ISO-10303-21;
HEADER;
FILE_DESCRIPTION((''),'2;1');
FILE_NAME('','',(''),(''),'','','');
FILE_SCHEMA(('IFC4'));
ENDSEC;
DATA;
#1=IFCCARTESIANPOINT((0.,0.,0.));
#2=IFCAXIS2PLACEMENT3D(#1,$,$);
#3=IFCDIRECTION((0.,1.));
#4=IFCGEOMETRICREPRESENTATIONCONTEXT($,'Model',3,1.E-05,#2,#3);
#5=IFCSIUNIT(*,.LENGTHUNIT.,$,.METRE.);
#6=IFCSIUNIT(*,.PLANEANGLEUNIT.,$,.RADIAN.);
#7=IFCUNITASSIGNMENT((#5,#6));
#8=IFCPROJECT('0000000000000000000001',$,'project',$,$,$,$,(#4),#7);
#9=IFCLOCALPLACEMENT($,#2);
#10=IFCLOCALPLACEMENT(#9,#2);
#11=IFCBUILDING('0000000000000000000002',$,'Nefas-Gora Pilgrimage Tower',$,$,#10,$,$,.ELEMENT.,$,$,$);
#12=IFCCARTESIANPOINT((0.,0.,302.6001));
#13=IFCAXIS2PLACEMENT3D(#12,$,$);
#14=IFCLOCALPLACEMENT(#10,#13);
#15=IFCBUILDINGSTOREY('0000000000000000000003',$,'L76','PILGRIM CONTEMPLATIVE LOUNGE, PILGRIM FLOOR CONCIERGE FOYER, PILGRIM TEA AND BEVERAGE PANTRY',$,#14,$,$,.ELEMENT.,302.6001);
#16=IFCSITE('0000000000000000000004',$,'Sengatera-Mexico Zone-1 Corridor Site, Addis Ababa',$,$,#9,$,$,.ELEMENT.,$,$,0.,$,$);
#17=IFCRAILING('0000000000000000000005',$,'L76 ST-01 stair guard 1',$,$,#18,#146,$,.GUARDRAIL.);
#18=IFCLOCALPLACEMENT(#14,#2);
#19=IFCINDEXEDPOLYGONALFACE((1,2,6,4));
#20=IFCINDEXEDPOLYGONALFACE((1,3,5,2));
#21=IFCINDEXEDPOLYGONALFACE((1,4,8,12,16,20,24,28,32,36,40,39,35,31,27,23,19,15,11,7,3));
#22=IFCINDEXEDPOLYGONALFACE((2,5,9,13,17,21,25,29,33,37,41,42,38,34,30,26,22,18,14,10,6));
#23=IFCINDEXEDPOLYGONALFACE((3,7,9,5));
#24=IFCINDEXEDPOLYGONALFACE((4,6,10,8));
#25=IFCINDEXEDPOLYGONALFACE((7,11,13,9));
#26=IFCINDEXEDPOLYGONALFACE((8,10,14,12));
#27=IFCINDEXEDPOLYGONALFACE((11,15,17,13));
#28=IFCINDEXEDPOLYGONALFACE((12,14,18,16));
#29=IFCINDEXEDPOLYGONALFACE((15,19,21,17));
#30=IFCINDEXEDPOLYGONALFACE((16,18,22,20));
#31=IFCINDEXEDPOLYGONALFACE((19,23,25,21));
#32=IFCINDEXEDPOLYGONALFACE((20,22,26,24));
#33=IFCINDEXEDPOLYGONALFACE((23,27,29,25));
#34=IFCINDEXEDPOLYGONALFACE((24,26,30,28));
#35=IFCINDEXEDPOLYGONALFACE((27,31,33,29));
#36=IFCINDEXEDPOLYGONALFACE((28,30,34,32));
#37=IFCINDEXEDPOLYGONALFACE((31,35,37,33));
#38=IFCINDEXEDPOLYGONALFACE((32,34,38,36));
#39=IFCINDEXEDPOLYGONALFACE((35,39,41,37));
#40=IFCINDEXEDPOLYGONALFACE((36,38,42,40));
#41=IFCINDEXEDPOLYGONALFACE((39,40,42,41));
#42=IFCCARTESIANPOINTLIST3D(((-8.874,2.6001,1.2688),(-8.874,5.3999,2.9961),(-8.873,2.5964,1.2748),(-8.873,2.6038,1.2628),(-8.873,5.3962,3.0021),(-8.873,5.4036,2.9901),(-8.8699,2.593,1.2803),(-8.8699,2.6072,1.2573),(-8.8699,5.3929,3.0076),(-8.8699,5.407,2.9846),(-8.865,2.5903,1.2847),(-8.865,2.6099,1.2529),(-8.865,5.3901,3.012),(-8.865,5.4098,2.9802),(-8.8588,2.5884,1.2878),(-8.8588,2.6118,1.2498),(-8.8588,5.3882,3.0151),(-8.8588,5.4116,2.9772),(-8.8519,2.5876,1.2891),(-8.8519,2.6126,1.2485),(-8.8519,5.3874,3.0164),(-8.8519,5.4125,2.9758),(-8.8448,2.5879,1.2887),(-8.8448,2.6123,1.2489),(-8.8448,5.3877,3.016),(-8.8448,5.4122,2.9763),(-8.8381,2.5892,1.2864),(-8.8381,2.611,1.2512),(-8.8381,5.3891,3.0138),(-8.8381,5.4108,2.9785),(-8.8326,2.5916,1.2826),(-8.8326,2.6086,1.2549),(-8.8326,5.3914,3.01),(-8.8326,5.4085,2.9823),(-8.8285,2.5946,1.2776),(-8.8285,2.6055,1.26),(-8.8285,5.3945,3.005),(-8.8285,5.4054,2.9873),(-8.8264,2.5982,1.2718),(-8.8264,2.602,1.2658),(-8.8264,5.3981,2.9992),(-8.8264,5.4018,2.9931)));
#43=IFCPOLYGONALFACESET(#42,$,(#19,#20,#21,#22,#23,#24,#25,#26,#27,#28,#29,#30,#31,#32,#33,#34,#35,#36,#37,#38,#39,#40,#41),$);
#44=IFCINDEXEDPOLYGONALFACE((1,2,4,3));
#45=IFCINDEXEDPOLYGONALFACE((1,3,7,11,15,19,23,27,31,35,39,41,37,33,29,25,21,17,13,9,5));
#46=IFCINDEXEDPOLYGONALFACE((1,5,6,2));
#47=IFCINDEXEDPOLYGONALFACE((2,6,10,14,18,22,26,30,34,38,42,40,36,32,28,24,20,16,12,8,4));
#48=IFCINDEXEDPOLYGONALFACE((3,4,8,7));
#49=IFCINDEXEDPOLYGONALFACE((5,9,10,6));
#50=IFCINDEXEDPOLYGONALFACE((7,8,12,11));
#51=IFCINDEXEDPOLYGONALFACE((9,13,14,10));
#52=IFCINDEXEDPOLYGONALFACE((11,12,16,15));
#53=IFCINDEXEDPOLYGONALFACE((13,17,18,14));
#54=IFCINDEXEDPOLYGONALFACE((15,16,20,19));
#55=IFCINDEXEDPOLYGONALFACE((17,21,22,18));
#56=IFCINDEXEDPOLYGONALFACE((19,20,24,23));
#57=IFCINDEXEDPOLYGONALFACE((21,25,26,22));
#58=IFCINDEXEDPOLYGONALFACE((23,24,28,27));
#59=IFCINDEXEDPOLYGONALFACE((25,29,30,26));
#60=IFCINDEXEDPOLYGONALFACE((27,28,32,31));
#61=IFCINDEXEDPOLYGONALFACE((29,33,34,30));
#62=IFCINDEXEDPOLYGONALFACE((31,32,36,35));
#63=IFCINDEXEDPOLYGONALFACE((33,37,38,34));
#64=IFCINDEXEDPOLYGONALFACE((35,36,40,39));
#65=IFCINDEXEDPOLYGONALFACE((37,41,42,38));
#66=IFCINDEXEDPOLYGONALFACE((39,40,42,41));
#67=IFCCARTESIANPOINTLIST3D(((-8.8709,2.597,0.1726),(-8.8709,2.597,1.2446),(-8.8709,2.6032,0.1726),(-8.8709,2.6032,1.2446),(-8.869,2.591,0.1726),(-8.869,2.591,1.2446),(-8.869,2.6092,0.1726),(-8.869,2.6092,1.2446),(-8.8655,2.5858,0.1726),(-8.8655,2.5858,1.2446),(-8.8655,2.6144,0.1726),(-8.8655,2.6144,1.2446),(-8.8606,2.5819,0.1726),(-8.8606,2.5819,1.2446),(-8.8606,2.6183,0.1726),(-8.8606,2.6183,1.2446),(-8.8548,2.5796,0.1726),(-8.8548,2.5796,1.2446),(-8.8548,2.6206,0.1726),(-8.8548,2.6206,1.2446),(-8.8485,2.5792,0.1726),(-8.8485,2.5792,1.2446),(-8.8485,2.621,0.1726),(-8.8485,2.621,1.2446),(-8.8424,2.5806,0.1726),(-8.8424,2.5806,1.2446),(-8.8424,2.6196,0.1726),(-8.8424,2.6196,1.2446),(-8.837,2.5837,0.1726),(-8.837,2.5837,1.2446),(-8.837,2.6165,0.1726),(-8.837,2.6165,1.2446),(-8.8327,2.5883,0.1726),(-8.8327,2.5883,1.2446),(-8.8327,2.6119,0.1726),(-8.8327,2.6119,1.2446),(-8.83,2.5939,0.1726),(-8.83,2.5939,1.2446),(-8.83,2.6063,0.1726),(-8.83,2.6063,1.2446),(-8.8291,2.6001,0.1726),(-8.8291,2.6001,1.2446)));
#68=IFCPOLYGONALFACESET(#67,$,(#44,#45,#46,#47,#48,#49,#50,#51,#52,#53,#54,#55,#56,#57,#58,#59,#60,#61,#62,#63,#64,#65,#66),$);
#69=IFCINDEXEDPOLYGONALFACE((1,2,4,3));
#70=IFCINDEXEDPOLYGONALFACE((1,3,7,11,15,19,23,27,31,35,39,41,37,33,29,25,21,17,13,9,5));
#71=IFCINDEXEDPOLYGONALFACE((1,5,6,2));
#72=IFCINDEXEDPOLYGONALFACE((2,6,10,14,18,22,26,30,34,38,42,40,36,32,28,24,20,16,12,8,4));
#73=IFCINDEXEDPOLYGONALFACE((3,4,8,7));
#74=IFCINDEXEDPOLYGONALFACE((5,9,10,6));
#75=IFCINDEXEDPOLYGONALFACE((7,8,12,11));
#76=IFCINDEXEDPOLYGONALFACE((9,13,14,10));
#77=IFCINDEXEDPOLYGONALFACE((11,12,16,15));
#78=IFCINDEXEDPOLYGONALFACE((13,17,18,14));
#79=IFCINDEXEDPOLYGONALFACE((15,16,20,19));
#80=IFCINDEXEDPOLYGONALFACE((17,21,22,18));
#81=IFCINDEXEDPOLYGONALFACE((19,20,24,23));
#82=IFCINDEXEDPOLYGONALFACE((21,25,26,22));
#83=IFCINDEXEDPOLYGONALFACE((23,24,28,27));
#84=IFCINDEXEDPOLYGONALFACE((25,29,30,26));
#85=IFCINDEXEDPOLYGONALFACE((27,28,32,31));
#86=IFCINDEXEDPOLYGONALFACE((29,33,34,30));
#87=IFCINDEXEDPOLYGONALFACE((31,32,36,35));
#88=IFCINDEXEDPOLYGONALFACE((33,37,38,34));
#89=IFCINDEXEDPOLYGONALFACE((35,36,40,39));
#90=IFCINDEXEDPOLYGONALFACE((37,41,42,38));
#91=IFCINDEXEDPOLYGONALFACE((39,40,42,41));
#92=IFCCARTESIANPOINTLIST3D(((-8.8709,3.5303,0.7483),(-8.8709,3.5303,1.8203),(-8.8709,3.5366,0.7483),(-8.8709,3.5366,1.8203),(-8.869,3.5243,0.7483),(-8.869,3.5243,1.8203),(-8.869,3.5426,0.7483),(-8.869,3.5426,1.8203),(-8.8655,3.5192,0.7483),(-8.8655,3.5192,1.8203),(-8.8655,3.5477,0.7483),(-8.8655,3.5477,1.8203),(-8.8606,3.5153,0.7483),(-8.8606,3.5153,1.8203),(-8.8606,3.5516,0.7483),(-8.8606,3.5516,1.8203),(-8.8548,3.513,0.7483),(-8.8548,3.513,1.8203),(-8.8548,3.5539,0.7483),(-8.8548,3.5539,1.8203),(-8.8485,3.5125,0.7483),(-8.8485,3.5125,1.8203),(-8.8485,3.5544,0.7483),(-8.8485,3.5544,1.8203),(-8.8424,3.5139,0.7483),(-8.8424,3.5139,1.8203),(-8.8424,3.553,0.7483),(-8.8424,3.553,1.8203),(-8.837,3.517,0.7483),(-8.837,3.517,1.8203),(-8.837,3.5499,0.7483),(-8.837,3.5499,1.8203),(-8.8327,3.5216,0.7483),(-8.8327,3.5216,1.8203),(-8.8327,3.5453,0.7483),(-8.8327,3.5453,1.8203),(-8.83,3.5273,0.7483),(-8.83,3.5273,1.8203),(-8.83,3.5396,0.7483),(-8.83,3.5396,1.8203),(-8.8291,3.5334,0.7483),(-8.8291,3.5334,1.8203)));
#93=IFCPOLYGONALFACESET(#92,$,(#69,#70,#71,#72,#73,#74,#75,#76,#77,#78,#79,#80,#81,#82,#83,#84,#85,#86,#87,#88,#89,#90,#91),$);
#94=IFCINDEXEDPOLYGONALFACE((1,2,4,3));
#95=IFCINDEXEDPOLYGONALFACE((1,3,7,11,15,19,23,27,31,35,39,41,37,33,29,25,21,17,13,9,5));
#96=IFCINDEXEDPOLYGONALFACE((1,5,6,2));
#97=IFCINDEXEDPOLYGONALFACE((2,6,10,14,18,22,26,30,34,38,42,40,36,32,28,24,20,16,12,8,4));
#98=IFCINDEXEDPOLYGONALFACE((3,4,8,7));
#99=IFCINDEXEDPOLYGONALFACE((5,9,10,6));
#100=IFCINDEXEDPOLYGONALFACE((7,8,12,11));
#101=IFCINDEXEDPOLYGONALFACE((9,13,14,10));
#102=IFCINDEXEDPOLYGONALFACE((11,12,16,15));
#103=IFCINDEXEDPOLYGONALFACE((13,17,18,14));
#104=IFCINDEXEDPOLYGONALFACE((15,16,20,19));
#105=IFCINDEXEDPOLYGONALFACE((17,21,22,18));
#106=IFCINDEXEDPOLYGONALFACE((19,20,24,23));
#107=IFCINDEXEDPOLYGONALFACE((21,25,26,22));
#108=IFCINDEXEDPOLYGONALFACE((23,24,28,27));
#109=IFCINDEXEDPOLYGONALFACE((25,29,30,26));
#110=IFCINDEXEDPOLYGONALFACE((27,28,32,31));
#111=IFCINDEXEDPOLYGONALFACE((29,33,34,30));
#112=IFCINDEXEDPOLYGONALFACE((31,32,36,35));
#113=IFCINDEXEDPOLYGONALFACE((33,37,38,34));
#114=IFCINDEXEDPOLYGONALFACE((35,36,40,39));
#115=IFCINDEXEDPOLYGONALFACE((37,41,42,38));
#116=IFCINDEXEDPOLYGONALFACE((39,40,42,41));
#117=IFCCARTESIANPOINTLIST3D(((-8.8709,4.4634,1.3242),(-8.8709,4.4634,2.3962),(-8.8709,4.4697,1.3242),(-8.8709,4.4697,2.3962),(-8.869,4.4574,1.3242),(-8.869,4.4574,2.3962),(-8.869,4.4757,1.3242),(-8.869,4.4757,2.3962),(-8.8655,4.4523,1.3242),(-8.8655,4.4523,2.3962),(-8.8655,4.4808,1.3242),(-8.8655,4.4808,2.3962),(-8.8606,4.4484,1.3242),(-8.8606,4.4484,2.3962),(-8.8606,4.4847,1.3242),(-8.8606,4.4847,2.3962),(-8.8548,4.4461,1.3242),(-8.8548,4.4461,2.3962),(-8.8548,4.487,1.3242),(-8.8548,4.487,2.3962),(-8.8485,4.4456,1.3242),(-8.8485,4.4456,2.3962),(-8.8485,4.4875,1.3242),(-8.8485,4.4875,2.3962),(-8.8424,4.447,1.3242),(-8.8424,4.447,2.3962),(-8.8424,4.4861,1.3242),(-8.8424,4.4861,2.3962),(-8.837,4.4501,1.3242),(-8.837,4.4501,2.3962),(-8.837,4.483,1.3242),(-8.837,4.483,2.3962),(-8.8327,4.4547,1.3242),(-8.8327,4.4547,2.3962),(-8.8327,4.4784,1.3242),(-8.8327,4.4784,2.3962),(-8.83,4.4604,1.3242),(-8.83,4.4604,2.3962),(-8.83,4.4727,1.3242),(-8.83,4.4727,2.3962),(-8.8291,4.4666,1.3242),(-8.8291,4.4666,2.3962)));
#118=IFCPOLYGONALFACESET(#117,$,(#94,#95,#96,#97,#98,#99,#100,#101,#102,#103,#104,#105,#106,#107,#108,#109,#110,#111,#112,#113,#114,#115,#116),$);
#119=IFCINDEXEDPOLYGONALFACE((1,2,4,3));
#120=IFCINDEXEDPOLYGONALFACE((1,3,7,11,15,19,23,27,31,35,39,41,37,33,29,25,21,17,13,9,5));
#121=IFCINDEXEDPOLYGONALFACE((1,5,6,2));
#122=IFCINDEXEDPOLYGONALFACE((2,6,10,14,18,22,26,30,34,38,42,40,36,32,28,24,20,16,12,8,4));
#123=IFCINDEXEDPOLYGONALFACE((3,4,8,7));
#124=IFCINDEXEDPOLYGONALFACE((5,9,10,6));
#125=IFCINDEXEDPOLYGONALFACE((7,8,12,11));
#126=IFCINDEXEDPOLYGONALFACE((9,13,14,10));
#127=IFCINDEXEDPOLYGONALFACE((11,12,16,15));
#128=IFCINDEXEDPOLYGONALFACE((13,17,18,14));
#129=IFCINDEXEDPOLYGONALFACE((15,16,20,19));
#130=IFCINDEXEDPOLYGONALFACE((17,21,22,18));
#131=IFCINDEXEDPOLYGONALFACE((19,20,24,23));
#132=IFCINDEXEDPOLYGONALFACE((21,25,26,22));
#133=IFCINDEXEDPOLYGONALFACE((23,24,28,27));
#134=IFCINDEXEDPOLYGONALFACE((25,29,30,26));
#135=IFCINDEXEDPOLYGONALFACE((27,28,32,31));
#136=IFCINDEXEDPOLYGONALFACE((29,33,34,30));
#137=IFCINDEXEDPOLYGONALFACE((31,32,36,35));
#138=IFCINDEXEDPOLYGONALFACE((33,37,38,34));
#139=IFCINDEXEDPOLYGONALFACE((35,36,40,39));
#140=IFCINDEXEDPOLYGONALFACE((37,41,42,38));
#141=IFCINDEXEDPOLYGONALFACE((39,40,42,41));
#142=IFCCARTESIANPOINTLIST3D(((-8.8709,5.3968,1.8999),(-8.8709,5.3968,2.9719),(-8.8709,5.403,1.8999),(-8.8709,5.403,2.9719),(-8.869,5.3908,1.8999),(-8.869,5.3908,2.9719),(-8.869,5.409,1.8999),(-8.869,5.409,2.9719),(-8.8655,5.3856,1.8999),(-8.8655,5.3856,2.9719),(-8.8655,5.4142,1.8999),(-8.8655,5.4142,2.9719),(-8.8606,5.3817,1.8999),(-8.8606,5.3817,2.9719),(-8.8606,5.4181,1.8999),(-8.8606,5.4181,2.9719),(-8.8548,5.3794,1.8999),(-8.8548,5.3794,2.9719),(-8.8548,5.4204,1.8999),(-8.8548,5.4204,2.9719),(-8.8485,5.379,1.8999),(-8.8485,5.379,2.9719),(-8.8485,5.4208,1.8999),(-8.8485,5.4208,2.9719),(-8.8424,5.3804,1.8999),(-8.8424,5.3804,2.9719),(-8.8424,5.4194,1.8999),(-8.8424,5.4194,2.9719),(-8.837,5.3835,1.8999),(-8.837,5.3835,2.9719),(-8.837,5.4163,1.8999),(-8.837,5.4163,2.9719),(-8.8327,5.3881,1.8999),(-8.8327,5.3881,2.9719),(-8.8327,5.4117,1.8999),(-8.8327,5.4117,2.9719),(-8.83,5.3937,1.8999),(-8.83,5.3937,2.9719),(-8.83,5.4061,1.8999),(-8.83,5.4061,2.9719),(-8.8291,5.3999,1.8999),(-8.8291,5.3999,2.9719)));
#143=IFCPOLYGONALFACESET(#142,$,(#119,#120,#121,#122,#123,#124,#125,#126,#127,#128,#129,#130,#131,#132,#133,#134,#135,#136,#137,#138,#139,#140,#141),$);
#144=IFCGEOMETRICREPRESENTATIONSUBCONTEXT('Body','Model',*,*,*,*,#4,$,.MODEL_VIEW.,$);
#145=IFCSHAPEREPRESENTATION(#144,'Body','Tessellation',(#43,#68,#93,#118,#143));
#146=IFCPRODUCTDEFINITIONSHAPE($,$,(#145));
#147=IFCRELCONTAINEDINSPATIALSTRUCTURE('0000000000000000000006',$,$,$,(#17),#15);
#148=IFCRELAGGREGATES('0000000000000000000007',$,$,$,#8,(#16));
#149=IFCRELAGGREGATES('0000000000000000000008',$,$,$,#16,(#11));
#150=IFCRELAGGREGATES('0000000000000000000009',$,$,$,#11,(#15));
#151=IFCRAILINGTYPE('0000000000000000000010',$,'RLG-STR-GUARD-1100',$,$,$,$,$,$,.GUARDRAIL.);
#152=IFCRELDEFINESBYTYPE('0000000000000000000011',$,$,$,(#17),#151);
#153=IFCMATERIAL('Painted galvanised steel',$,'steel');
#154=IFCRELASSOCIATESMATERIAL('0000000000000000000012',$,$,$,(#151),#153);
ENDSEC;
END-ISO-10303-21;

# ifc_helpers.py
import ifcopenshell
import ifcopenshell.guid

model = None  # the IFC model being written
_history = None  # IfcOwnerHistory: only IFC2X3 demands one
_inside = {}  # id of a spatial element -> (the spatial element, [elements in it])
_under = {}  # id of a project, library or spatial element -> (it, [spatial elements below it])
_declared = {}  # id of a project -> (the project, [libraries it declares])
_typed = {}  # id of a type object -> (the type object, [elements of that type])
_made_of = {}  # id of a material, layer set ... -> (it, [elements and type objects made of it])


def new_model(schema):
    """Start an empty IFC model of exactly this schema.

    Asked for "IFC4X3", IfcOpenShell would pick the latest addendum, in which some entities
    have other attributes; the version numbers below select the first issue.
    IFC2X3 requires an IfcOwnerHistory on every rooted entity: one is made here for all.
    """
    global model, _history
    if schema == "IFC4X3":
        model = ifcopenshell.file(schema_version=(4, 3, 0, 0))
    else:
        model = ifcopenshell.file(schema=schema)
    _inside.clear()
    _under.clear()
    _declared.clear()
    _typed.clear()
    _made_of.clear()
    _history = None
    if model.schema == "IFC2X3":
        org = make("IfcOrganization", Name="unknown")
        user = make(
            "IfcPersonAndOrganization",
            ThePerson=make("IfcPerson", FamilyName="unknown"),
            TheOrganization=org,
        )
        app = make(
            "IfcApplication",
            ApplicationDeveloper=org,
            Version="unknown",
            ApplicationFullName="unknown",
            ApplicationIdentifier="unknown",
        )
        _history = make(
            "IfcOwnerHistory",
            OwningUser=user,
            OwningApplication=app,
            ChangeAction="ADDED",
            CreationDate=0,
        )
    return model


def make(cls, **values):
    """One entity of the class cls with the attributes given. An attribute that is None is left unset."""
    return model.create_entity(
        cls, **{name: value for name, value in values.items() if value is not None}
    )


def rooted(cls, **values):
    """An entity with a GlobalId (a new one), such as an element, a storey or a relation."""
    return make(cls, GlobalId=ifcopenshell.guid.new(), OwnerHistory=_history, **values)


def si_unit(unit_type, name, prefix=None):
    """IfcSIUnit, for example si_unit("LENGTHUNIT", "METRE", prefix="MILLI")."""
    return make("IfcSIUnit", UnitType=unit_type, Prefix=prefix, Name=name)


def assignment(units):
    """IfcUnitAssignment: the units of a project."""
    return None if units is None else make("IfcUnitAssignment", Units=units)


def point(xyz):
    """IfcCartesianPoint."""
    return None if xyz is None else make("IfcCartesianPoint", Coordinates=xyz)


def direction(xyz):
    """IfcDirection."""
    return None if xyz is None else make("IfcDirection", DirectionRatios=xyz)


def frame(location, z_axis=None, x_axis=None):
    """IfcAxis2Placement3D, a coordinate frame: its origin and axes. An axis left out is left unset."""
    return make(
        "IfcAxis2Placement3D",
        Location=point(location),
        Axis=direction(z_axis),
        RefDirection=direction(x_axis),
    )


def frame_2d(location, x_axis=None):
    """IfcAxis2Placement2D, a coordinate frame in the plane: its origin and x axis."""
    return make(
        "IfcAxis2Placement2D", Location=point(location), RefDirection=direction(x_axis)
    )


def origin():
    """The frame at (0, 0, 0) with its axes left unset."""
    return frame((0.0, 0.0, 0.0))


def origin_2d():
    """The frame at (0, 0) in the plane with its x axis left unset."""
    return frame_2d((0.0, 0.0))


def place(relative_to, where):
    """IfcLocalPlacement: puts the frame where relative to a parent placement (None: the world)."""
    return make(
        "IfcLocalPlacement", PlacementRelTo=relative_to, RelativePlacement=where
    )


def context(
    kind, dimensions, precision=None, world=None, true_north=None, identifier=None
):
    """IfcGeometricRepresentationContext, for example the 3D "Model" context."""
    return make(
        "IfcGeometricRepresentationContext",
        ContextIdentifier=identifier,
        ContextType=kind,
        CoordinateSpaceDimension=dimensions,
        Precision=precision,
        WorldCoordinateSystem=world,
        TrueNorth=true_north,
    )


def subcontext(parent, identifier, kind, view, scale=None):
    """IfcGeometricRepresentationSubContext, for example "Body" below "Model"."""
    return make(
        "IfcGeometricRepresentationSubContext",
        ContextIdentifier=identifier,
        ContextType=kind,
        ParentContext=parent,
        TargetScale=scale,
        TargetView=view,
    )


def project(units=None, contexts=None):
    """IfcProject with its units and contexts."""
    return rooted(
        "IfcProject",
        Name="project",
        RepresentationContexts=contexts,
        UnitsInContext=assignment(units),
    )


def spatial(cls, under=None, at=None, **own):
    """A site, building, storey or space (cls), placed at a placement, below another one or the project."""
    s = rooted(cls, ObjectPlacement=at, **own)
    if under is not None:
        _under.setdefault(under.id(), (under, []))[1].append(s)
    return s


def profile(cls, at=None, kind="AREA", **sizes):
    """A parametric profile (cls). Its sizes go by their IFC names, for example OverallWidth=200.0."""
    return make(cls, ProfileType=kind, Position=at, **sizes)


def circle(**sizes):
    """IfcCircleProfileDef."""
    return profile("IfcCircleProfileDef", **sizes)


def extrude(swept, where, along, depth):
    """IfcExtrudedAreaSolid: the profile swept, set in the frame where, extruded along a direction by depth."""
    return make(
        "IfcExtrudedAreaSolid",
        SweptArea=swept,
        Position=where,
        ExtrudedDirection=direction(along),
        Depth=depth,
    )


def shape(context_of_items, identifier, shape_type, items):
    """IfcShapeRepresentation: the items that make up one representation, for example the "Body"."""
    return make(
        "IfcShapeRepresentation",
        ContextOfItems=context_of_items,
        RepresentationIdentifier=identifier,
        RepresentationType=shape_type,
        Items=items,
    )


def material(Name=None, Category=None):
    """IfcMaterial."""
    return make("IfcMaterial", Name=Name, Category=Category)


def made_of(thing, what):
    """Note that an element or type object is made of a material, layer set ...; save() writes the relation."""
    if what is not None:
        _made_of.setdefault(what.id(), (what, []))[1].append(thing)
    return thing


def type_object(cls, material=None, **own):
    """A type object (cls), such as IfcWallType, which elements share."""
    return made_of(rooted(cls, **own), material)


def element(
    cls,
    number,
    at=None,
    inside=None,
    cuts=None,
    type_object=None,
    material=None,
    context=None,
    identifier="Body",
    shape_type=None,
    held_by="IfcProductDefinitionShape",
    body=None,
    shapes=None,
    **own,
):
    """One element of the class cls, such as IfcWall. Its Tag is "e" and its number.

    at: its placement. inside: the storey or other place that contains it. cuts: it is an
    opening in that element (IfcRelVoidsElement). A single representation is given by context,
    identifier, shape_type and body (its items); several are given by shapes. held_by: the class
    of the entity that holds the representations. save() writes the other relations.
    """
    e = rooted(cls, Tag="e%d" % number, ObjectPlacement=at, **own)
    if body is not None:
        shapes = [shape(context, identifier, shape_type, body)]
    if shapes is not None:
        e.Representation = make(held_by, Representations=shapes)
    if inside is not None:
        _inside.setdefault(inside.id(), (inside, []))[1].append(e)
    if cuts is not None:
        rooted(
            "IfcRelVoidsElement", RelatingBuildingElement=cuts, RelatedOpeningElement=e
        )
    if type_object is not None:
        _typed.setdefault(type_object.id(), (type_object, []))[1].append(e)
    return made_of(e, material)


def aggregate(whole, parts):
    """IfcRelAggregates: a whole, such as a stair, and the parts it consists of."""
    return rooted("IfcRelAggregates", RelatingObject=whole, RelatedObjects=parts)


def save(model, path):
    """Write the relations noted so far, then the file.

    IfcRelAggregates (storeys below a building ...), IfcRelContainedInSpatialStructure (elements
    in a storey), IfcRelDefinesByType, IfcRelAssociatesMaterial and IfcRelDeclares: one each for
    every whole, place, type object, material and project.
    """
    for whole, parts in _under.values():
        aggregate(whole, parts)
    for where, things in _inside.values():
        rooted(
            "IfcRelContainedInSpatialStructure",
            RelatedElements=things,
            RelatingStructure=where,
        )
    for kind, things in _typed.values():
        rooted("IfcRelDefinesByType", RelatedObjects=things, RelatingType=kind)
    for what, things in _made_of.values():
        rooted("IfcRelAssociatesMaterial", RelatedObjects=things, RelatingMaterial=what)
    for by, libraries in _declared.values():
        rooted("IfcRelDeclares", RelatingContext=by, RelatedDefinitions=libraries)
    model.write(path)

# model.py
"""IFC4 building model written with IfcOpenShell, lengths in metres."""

from ifc_helpers import new_model, si_unit, direction, frame, origin, origin_2d, place, context, subcontext, project, spatial, circle, extrude, material, type_object, element, save


model = new_model("IFC4")

# Units and contexts
model_context = context("Model", 3, precision=1e-05, world=origin(), true_north=direction((0.0, 1.0)))
body_context = subcontext(model_context, "Body", "Model", "MODEL_VIEW")
ifc_project = project(units=[si_unit("LENGTHUNIT", "METRE"), si_unit("PLANEANGLEUNIT", "RADIAN")], contexts=[model_context])

# Site, building, storey
site_placement = place(None, origin())
site = spatial("IfcSite", under=ifc_project, at=site_placement, Name="Sengatera-Mexico Zone-1 Corridor Site, Addis Ababa", CompositionType="ELEMENT", RefElevation=0.0)
building_placement = place(site_placement, origin())
building = spatial("IfcBuilding", under=site, at=building_placement, Name="Nefas-Gora Pilgrimage Tower", CompositionType="ELEMENT")
storey_placement = place(building_placement, frame((0.0, 0.0, 302.6001)))
storey = spatial("IfcBuildingStorey", under=building, at=storey_placement, Name="L76", Description="PILGRIM CONTEMPLATIVE LOUNGE, PILGRIM FLOOR CONCIERGE FOYER, PILGRIM TEA AND BEVERAGE PANTRY", CompositionType="ELEMENT", Elevation=302.6001)

# Railing
ifc_material_1 = material(Name="Painted galvanised steel", Category="steel")
railing_type_1 = type_object("IfcRailingType", Name="RLG-STR-GUARD-1100", PredefinedType="GUARDRAIL", material=ifc_material_1)
railing_1_placement = place(storey_placement, frame((-8.8501, 2.6001, 0.1726)))
element("IfcRailing", 1, at=railing_1_placement, inside=storey, type_object=railing_type_1, Name="L76 ST-01 stair guard 1", PredefinedType="GUARDRAIL", context=body_context, shape_type="SweptSolid", body=[
    extrude(circle(Radius=0.0239, at=origin_2d()), frame((0.0, 0.0, 1.0962), z_axis=(0.0, 0.851069, 0.525054), x_axis=(-1.0, 0.0, 0.0)), (0.0, 0.0, 1.0), 3.2898),
    extrude(circle(Radius=0.021, at=origin_2d()), origin(), (0.0, 0.0, 1.0), 1.072),
    extrude(circle(Radius=0.021, at=origin_2d()), frame((0.0, 0.9333, 0.5757)), (0.0, 0.0, 1.0), 1.072),
    extrude(circle(Radius=0.021, at=origin_2d()), frame((0.0, 1.8665, 1.1516)), (0.0, 0.0, 1.0), 1.072),
    extrude(circle(Radius=0.021, at=origin_2d()), frame((0.0, 2.7998, 1.7273)), (0.0, 0.0, 1.0), 1.072),
])

save(model, "model.ifc")
